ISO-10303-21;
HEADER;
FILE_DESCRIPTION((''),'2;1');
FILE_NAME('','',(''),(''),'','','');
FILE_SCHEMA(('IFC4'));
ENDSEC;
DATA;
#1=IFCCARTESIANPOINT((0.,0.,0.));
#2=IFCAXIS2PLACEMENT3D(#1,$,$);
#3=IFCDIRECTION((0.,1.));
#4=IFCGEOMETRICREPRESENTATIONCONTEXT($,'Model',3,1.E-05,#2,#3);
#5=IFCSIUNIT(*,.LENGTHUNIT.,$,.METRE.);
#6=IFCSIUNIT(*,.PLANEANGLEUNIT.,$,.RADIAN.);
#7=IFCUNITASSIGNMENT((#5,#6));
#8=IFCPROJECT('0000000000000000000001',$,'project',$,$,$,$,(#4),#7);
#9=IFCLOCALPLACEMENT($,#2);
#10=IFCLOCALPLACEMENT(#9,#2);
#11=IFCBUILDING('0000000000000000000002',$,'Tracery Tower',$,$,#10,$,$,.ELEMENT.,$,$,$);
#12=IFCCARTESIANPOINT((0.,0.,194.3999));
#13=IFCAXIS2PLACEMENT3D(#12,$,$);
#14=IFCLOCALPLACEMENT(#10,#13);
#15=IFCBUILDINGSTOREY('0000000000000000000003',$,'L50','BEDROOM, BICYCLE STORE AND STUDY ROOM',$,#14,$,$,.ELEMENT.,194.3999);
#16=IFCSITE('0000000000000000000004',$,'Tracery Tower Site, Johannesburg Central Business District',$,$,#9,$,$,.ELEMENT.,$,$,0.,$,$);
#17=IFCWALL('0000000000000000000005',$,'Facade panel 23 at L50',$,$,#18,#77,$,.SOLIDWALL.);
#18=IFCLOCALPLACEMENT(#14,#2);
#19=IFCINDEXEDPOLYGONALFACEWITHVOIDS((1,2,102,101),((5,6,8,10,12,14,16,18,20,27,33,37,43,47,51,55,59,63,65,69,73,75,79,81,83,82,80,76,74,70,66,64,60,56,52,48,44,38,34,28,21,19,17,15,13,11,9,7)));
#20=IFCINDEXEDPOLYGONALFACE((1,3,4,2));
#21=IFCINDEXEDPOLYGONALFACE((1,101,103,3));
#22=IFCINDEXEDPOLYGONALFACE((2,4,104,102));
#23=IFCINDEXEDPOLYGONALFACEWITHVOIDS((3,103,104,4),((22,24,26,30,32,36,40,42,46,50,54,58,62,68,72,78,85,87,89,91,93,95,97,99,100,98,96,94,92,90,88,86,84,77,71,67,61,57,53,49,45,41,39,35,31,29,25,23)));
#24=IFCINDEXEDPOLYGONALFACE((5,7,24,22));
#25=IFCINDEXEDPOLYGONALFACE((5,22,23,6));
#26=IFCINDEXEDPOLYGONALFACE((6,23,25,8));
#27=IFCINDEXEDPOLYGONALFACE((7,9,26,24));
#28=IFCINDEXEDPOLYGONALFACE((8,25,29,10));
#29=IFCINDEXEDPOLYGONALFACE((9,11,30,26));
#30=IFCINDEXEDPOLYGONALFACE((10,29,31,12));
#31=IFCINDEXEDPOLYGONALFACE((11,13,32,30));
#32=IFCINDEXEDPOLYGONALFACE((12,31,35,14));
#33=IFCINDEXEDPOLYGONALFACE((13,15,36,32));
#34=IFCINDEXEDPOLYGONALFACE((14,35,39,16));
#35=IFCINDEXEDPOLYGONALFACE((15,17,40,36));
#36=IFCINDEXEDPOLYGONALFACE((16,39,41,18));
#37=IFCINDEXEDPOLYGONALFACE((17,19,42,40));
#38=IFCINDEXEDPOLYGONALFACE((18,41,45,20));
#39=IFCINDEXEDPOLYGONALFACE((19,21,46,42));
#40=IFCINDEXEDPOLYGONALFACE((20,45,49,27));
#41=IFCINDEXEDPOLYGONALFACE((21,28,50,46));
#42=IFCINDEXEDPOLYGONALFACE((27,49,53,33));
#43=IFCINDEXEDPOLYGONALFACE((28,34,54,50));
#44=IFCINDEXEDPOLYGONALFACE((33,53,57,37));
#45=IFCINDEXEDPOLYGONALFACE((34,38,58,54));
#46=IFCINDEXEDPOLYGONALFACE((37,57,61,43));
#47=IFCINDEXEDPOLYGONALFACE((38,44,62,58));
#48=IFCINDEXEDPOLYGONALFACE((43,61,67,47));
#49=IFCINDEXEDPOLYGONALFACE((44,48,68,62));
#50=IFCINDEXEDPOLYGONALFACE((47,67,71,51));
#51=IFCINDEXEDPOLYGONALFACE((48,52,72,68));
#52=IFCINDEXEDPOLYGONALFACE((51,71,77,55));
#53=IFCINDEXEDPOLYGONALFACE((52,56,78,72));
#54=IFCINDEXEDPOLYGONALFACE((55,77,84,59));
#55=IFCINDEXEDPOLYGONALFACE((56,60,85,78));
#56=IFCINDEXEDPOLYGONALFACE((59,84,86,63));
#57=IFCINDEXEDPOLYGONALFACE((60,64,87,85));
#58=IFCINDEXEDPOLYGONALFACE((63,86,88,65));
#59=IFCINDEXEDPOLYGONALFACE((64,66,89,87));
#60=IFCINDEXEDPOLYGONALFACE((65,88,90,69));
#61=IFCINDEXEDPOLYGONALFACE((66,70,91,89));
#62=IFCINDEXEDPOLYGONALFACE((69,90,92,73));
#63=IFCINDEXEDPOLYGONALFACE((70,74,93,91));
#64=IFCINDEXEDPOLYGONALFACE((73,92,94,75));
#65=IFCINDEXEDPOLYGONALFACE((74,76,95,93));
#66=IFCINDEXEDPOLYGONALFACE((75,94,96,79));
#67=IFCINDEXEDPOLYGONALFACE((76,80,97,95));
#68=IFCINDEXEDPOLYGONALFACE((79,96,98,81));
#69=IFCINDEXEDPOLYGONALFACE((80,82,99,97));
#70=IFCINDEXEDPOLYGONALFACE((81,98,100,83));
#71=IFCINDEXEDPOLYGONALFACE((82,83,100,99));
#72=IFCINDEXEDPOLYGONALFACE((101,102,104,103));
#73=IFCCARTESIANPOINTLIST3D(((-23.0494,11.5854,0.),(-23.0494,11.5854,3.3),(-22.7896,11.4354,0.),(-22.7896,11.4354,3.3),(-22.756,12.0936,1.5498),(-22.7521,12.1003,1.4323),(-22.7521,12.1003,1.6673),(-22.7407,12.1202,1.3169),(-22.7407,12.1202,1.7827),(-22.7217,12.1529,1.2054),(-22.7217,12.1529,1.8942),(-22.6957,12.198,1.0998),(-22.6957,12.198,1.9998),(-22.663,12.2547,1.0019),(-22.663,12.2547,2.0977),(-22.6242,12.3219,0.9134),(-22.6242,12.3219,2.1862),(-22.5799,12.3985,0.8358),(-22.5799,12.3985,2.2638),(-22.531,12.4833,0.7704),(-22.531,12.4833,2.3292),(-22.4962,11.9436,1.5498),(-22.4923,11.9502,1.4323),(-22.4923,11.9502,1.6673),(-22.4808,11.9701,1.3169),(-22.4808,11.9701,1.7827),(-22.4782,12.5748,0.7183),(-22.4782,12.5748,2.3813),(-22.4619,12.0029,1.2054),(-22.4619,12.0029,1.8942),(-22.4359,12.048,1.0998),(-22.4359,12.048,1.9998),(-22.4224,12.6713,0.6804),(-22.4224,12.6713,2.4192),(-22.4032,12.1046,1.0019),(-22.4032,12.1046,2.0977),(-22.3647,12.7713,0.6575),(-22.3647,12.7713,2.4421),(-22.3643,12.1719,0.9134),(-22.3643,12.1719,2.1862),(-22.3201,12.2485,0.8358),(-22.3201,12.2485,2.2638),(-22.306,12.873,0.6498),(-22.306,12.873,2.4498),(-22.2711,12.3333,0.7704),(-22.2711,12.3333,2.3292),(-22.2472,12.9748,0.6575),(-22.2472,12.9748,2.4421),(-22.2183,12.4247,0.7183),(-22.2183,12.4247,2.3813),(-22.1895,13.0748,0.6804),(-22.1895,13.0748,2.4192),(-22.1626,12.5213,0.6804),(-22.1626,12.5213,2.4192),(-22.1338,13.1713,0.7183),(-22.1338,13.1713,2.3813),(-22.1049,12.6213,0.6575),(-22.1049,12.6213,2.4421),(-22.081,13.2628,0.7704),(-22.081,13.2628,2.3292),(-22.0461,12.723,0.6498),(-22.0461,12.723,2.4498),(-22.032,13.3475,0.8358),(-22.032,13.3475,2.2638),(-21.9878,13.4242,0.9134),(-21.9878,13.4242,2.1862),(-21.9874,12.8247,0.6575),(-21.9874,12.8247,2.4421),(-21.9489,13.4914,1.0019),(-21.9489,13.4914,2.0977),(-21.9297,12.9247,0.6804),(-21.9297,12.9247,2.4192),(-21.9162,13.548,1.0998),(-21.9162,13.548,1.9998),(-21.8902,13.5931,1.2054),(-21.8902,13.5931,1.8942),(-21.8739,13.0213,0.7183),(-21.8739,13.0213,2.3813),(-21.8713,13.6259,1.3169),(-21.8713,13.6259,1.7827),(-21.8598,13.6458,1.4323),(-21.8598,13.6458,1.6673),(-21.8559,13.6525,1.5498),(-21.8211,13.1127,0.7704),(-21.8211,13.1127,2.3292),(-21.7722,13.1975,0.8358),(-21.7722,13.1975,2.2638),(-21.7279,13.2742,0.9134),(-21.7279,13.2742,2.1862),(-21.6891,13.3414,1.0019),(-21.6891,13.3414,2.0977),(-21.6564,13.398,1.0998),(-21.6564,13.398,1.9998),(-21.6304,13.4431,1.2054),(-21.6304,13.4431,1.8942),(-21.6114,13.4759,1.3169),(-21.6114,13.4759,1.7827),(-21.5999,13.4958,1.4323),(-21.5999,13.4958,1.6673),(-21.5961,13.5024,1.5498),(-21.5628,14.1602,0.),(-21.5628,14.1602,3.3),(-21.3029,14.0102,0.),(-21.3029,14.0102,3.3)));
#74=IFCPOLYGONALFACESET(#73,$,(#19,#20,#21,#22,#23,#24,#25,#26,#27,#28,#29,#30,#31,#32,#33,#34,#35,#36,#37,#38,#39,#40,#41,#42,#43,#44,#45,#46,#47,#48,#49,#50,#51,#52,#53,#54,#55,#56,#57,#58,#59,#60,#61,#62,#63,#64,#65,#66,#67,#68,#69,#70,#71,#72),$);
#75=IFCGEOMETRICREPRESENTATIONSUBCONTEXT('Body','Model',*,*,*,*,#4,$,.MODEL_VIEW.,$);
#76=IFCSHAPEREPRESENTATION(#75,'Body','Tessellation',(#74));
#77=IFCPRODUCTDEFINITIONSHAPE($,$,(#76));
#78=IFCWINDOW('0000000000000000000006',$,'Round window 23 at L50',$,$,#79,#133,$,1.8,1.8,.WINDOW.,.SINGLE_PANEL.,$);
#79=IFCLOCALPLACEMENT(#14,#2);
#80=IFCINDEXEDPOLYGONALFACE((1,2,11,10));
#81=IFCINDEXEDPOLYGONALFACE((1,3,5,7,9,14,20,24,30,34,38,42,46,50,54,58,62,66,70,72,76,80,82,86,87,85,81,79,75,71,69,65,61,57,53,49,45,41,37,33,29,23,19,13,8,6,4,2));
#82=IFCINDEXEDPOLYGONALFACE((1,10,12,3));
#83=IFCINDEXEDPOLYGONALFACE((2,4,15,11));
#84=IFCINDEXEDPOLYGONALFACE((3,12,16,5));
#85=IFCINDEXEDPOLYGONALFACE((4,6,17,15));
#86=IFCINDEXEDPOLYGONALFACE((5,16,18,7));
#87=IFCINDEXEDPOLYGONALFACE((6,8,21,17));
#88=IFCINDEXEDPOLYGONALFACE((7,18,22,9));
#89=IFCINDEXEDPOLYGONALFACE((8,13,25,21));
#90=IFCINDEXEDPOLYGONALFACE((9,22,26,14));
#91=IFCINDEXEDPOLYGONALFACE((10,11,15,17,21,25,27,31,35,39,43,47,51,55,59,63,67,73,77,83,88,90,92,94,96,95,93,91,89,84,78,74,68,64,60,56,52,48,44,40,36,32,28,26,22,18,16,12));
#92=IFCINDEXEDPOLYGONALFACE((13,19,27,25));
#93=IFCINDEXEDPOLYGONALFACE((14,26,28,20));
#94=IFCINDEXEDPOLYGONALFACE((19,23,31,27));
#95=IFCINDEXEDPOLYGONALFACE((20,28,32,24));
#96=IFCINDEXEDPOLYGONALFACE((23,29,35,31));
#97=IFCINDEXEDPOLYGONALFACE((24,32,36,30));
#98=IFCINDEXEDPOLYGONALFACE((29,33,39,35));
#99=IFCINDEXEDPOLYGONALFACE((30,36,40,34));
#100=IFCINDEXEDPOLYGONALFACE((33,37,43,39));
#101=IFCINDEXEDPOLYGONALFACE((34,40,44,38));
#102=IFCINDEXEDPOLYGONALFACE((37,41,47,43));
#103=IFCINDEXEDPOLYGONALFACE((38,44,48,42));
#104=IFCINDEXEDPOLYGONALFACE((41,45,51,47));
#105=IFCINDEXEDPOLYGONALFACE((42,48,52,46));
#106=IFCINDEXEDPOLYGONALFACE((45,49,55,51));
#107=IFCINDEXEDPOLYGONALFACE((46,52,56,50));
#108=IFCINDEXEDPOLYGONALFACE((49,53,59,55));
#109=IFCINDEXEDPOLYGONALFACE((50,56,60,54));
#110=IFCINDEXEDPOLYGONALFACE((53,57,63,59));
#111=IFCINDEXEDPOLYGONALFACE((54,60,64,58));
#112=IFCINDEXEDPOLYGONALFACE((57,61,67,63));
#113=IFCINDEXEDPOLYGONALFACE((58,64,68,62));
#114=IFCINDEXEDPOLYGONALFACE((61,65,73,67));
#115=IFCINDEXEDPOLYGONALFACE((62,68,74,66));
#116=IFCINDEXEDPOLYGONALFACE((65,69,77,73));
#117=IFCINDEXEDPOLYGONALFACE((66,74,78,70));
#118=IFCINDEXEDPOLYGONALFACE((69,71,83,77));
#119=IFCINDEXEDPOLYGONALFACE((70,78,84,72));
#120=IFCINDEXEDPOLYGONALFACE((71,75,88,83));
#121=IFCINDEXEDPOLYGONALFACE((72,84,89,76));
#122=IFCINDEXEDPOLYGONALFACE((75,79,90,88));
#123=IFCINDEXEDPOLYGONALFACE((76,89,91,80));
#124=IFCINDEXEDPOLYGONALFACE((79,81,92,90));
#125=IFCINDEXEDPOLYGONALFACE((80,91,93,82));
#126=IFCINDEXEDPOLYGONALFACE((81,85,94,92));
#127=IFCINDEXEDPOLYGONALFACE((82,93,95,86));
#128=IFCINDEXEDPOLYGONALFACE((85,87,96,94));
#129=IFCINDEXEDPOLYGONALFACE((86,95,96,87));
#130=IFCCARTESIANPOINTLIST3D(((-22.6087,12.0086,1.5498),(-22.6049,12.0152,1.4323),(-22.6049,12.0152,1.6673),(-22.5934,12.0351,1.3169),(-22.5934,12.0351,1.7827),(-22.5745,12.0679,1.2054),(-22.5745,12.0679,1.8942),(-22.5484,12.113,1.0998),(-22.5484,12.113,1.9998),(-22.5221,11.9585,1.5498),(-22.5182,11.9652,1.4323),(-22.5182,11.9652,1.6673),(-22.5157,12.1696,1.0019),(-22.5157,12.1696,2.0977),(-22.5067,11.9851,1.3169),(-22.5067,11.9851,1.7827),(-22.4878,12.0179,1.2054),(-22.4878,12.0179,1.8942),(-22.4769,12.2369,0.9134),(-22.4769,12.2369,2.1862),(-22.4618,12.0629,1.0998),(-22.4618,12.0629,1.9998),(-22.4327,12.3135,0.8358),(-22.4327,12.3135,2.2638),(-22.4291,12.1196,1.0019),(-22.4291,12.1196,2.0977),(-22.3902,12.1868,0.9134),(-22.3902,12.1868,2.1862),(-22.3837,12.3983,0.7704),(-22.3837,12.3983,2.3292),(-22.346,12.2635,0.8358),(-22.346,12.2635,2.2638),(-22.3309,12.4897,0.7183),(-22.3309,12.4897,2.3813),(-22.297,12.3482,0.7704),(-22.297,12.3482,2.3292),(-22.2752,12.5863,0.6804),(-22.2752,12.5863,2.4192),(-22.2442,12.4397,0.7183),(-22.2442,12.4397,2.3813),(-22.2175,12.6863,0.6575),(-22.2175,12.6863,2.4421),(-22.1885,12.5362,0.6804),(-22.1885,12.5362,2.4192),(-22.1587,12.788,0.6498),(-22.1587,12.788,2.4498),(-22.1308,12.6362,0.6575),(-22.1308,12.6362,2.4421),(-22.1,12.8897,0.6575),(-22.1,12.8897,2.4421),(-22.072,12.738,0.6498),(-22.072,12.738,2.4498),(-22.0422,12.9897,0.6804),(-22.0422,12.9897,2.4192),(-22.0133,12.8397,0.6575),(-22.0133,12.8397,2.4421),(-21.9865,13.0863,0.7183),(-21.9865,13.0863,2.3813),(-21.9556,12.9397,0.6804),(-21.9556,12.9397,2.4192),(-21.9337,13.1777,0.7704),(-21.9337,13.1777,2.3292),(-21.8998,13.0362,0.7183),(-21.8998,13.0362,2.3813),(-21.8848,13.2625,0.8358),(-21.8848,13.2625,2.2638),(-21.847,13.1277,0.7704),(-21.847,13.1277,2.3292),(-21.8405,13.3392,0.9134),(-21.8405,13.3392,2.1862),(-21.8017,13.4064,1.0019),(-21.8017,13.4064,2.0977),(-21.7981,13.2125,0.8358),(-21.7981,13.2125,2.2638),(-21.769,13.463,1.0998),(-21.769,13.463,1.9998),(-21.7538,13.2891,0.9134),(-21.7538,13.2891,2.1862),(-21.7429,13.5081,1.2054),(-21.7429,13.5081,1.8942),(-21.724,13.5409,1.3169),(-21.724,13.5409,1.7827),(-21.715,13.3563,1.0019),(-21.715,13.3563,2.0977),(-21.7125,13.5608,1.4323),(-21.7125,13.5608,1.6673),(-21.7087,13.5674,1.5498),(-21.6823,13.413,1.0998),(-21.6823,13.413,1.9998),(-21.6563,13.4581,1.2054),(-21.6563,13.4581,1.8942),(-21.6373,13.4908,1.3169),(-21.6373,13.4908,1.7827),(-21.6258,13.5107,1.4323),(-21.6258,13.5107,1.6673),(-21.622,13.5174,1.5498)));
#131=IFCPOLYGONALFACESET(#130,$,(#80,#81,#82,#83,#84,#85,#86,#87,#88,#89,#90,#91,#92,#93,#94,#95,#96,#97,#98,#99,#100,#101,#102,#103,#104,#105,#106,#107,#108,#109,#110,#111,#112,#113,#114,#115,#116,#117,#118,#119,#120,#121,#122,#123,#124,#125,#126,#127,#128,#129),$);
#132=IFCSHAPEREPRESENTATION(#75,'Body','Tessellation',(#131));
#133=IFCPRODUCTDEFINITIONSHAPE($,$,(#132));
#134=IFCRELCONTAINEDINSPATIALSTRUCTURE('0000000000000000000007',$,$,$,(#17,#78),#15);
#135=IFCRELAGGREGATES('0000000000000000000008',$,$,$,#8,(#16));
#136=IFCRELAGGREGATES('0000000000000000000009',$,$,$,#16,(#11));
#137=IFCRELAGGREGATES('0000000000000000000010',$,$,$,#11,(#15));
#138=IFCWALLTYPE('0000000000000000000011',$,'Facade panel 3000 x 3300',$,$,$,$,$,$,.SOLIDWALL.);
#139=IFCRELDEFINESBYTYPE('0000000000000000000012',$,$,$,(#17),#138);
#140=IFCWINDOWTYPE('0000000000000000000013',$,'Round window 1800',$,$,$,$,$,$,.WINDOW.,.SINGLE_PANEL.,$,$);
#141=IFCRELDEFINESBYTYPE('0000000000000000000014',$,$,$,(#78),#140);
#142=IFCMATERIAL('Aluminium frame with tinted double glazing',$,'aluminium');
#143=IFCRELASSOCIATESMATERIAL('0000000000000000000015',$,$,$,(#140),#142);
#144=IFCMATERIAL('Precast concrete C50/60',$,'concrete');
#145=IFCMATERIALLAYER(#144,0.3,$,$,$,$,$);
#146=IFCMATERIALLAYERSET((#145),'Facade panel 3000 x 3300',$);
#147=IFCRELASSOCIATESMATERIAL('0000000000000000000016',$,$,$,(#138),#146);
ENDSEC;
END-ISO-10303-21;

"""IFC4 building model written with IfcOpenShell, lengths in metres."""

from ifc_helpers import new_model, si_unit, direction, frame, frame_2d, origin, origin_2d, place, context, subcontext, project, spatial, rectangle, circle, extrude, material, layer, layer_set, type_object, element, fill, save


model = new_model("IFC4")

# Units and contexts
model_context = context("Model", 3, precision=1e-05, world=origin(), true_north=direction((0.0, 1.0)))
body_context = subcontext(model_context, "Body", "Model", "MODEL_VIEW")
ifc_project = project(units=[si_unit("LENGTHUNIT", "METRE"), si_unit("PLANEANGLEUNIT", "RADIAN")], contexts=[model_context])

# Site, building, storey
site_placement = place(None, origin())
site = spatial("IfcSite", under=ifc_project, at=site_placement, Name="Tracery Tower Site, Johannesburg Central Business District", CompositionType="ELEMENT", RefElevation=0.0)
building_placement = place(site_placement, origin())
building = spatial("IfcBuilding", under=site, at=building_placement, Name="Tracery Tower", CompositionType="ELEMENT")
storey_placement = place(building_placement, frame((0.0, 0.0, 194.3999)))
storey = spatial("IfcBuildingStorey", under=building, at=storey_placement, Name="L50", Description="BEDROOM, BICYCLE STORE AND STUDY ROOM", CompositionType="ELEMENT", Elevation=194.3999)

# Wall, opening, window
ifc_material_1 = material(Name="Aluminium frame with tinted double glazing", Category="aluminium")
window_type = type_object("IfcWindowType", Name="Round window 1800", PartitioningType="SINGLE_PANEL", PredefinedType="WINDOW", material=ifc_material_1)
ifc_material_2 = material(Name="Precast concrete C50/60", Category="concrete")
ifc_layer_1 = layer(ifc_material_2, 0.3)
ifc_layer_set_1 = layer_set([ifc_layer_1], Name="Facade panel 3000 x 3300")
wall_type_1 = type_object("IfcWallType", Name="Facade panel 3000 x 3300", PredefinedType="SOLIDWALL", material=ifc_layer_set_1)
wall_1_placement = place(storey_placement, frame((-21.4329, 14.0852, 0.0), z_axis=(0.0, 0.0, 1.0), x_axis=(-0.500016, -0.866016, 0.0)))
wall_1 = element("IfcWall", 1, at=wall_1_placement, inside=storey, type_object=wall_type_1, Name="Facade panel 23 at L50", PredefinedType="SOLIDWALL", context=body_context, shape_type="SweptSolid", body=[
    extrude(rectangle(XDim=2.9731, YDim=0.3, at=frame_2d((1.4866, 0.0))), origin(), (0.0, 0.0, 1.0), 3.3),
])
opening_1_placement = place(wall_1_placement, frame((1.4863, 0.0, 1.5498)))
opening_1 = element("IfcOpeningElement", 2, at=opening_1_placement, cuts=wall_1, PredefinedType="OPENING", context=body_context, shape_type="SweptSolid", body=[
    extrude(circle(Radius=0.9, at=origin_2d()), frame((0.0, 0.1599, 0.0), z_axis=(0.0, -1.0, 0.0), x_axis=(1.0, 0.0, 0.0)), (0.0, 0.0, 1.0), 0.3201),
])
window_1_placement = place(opening_1_placement, origin())
window_1 = element("IfcWindow", 3, at=window_1_placement, inside=storey, type_object=window_type, Name="Round window 23 at L50", OverallHeight=1.8, OverallWidth=1.8, PartitioningType="SINGLE_PANEL", PredefinedType="WINDOW", context=body_context, shape_type="SweptSolid", body=[
    extrude(circle(Radius=0.9, at=origin_2d()), frame((0.0, 0.1201, 0.0), z_axis=(0.0, -1.0, 0.0), x_axis=(1.0, 0.0, 0.0)), (0.0, 0.0, 1.0), 0.1001),
])
fill(opening_1, window_1)

save(model, "model.ifc")
